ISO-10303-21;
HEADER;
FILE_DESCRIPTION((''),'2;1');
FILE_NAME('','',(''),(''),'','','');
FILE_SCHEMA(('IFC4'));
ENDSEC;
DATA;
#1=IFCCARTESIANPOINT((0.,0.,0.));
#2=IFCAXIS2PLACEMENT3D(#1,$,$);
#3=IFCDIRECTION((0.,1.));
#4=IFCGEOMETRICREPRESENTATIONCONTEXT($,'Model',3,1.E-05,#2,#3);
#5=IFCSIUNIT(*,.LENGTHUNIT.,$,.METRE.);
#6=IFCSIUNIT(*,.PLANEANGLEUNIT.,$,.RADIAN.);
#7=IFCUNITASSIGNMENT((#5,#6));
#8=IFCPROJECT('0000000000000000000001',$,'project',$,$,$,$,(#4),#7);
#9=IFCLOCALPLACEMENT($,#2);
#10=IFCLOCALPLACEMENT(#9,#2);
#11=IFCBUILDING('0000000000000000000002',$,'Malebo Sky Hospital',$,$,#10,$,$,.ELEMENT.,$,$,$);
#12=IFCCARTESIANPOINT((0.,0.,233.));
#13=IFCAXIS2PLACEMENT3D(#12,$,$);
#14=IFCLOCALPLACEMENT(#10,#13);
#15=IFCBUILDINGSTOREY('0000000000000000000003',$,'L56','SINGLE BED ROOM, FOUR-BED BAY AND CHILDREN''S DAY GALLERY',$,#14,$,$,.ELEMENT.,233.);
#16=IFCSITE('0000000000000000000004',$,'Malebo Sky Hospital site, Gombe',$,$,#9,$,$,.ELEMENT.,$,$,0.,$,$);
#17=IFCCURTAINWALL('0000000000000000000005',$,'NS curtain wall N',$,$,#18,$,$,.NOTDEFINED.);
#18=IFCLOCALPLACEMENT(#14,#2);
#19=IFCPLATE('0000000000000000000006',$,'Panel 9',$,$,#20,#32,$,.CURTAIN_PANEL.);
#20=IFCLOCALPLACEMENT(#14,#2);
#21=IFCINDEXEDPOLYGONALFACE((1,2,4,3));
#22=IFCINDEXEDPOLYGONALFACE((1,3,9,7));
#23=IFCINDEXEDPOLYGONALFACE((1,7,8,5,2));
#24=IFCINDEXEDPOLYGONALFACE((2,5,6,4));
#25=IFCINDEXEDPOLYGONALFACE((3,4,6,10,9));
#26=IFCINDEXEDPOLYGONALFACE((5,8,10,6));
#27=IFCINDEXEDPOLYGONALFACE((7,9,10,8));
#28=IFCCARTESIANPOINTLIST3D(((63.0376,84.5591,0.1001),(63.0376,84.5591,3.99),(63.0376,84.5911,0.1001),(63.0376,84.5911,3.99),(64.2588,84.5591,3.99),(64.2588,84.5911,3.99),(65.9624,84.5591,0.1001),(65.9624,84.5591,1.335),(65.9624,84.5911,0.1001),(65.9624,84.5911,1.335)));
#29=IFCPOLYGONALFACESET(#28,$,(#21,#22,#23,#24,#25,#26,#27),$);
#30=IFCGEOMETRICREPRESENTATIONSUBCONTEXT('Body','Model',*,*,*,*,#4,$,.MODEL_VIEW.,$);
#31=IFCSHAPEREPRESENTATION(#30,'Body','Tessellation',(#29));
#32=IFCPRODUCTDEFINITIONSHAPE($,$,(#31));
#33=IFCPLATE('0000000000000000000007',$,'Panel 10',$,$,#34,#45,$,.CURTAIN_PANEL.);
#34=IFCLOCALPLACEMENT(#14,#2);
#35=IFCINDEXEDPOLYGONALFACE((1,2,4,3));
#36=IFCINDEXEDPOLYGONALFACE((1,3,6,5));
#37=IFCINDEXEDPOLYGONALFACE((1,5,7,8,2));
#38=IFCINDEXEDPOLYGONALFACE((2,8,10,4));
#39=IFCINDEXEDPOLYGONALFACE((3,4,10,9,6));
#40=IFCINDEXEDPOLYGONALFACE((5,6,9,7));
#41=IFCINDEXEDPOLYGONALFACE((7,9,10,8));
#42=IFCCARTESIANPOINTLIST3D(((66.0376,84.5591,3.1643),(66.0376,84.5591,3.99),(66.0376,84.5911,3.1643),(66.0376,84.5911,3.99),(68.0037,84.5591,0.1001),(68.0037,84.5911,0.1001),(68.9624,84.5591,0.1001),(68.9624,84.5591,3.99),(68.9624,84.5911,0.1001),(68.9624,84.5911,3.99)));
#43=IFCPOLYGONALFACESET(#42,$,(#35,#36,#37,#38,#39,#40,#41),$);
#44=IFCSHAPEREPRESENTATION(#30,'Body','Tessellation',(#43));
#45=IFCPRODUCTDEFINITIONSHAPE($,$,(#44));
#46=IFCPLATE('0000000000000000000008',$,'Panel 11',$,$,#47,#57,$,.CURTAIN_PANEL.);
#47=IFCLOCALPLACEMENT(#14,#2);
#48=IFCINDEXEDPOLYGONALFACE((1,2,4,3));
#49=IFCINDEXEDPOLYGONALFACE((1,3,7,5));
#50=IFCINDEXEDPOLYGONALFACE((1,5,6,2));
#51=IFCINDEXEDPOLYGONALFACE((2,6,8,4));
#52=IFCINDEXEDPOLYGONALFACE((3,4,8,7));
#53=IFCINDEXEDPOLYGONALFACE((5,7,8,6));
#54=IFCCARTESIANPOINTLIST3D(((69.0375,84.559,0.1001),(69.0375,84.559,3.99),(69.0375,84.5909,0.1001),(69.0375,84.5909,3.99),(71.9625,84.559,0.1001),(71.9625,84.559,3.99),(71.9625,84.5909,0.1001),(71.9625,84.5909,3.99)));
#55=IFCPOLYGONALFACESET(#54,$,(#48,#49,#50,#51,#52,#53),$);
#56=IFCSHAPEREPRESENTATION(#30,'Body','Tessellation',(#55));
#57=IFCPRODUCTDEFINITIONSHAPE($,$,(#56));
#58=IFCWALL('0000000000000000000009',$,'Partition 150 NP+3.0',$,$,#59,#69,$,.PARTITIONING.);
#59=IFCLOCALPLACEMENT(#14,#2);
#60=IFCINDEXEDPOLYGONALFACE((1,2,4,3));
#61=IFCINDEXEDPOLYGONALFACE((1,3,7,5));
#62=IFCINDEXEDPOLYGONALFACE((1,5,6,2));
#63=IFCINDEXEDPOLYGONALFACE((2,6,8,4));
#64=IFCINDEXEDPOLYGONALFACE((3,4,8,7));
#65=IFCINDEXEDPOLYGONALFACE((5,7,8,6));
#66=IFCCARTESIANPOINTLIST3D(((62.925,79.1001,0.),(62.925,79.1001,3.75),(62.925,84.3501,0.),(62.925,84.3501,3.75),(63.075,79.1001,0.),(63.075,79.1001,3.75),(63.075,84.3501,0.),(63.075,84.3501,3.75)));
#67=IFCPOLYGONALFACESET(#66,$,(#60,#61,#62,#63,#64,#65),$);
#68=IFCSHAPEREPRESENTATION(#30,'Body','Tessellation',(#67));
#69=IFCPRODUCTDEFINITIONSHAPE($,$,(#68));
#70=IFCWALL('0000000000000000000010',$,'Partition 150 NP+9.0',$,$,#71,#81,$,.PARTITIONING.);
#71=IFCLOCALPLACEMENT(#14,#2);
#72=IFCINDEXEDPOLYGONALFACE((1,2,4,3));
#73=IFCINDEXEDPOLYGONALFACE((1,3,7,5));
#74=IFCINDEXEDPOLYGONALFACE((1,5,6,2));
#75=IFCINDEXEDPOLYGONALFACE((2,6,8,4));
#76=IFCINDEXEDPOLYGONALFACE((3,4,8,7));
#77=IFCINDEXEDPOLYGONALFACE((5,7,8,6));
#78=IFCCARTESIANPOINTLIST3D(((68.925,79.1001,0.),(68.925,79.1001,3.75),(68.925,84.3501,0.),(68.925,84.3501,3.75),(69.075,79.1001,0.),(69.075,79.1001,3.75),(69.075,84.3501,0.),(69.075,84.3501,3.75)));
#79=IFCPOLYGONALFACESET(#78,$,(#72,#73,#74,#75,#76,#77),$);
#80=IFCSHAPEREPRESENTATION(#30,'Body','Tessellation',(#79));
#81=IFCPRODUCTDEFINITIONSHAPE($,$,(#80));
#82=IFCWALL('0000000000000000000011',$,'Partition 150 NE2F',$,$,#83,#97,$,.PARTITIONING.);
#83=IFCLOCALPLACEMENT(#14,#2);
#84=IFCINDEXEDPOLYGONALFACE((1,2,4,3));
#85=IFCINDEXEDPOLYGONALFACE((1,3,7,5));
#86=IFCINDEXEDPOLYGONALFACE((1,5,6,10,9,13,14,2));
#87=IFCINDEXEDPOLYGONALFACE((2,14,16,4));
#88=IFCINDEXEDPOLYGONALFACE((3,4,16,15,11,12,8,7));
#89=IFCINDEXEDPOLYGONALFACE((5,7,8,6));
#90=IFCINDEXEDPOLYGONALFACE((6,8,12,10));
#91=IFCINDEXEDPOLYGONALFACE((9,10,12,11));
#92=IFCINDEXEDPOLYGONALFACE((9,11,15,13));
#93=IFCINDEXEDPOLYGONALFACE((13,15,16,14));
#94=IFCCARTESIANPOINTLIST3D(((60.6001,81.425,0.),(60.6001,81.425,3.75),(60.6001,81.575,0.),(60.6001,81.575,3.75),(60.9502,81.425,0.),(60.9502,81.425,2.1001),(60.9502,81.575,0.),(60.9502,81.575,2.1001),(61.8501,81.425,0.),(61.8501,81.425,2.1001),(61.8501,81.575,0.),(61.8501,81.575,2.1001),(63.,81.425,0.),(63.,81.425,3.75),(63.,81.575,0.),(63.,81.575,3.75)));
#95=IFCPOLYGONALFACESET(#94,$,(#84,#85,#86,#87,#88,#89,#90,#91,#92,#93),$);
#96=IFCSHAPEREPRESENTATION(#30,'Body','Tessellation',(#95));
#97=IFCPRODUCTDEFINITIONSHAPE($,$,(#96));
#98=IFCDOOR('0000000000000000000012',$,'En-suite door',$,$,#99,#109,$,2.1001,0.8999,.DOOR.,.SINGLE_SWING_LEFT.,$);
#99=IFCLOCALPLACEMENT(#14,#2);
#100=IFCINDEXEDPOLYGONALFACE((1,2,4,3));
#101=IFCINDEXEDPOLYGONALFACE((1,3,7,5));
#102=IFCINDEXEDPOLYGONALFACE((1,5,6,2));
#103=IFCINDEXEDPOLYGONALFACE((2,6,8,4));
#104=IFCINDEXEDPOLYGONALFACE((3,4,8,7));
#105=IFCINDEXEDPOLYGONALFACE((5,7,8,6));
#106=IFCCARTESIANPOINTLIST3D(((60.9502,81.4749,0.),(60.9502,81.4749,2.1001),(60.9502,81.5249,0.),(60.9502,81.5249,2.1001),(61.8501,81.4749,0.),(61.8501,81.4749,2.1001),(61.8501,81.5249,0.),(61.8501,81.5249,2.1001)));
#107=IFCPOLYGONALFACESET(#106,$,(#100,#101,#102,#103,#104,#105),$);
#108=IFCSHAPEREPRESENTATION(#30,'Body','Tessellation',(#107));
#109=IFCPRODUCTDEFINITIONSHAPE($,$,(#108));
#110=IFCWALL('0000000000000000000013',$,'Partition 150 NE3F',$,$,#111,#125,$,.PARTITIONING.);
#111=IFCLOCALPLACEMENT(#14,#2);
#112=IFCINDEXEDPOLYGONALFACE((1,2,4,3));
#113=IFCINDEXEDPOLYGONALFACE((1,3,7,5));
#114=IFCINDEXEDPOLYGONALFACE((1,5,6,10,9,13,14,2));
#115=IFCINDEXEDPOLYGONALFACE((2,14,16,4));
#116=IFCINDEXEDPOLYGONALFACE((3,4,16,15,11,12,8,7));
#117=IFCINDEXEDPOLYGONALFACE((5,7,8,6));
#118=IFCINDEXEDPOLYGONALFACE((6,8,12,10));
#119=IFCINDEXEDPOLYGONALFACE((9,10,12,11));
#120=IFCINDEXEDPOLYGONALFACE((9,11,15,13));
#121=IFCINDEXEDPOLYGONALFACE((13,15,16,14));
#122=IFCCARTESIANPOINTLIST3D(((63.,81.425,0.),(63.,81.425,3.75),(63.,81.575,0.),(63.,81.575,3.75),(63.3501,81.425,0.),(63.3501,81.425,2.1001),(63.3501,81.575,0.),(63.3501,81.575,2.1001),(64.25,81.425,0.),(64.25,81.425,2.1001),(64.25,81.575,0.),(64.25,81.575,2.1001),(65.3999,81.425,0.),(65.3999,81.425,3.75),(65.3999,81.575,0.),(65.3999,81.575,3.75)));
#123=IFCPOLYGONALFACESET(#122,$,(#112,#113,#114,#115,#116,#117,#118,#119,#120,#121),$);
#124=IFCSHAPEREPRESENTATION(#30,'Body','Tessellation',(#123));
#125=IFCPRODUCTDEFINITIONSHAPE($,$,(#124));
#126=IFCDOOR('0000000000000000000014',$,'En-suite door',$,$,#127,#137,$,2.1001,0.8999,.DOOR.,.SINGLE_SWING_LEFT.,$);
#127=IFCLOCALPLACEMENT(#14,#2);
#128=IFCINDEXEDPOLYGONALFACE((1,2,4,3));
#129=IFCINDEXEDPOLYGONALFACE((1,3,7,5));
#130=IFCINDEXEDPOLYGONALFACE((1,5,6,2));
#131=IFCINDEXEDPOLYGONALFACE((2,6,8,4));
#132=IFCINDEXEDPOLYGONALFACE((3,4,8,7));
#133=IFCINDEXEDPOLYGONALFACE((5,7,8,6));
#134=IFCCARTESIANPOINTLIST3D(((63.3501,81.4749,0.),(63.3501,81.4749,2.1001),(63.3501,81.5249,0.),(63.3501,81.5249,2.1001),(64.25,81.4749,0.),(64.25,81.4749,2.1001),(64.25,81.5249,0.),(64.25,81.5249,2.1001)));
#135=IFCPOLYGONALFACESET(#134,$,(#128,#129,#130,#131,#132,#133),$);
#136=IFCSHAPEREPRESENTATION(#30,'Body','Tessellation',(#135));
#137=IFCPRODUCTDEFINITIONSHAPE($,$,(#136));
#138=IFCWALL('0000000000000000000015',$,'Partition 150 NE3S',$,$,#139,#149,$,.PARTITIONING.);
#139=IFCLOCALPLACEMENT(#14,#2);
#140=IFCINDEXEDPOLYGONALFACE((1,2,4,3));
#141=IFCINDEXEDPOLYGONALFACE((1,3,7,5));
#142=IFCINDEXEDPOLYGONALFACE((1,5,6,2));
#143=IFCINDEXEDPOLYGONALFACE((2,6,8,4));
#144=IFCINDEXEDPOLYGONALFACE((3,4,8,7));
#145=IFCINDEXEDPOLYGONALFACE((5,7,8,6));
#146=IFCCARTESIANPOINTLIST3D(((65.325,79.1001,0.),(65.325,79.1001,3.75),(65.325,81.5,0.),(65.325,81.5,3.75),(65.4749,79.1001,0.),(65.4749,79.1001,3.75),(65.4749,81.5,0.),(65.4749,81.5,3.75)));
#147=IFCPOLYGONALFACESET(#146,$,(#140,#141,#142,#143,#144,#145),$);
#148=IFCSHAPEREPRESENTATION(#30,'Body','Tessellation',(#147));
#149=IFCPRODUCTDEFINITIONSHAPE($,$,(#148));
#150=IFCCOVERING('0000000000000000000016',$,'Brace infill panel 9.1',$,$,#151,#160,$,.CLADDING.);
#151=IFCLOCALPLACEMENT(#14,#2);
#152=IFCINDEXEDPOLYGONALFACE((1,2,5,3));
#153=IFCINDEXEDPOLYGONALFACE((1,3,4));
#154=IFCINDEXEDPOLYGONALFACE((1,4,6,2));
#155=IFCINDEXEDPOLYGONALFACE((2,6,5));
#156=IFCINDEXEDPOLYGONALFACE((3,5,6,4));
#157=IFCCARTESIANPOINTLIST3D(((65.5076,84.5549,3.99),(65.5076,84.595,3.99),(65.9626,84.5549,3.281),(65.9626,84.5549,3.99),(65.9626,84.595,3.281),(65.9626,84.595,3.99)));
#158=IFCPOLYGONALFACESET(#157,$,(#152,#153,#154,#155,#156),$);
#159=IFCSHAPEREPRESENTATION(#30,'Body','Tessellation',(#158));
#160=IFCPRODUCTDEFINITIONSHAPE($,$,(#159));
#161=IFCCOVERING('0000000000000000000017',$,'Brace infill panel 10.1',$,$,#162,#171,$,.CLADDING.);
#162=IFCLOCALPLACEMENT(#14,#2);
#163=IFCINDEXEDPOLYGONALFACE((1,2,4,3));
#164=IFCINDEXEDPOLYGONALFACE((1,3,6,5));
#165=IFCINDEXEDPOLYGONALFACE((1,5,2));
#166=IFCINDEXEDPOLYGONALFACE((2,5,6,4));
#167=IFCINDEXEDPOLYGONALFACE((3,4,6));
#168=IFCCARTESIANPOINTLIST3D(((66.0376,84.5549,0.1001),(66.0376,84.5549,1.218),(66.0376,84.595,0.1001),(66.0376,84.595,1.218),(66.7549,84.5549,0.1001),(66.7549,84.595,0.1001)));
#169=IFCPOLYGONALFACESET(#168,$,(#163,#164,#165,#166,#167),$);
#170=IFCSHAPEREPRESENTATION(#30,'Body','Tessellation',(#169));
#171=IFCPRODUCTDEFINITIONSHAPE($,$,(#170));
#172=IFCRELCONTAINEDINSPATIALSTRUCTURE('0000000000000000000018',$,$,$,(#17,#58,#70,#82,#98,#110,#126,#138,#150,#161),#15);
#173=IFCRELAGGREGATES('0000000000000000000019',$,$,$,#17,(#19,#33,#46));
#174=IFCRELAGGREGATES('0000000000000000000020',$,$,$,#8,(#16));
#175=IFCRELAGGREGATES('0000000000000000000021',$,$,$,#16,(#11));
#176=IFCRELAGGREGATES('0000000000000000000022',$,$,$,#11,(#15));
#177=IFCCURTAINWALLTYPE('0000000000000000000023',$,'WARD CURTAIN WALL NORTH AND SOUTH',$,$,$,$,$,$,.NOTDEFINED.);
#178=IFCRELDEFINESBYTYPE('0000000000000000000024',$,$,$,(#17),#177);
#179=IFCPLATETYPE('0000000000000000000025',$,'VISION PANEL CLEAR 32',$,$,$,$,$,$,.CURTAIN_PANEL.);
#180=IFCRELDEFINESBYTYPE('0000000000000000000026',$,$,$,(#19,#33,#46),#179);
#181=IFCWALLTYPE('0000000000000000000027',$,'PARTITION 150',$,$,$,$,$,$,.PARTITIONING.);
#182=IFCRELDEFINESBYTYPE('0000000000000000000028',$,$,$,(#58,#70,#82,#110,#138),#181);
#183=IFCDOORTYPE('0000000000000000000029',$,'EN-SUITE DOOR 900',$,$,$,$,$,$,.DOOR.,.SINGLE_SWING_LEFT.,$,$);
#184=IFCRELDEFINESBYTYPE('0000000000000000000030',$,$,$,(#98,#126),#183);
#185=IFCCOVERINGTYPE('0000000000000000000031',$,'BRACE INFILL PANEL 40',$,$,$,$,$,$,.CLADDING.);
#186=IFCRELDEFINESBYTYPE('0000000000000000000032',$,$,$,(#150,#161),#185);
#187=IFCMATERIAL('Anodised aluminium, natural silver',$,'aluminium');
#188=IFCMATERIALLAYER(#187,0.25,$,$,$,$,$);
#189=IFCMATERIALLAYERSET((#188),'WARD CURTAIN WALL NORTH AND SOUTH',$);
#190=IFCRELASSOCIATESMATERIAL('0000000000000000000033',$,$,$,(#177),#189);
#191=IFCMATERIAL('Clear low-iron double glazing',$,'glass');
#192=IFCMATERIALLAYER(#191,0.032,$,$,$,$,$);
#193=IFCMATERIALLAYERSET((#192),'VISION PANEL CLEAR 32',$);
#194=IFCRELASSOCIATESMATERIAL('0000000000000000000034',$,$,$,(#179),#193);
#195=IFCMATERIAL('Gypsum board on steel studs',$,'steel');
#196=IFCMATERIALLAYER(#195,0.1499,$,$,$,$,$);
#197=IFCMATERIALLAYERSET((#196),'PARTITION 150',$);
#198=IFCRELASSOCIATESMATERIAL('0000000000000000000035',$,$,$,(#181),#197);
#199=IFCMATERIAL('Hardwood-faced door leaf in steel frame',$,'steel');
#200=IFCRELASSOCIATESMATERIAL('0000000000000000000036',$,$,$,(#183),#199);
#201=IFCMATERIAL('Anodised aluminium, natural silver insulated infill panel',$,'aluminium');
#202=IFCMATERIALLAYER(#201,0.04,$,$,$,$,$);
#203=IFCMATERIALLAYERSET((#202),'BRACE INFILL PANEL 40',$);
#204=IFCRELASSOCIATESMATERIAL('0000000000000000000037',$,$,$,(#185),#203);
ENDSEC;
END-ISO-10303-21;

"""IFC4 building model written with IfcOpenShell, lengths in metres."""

from ifc_helpers import new_model, si_unit, direction, frame, frame_2d, origin, origin_2d, place, context, subcontext, project, spatial, polyline, rectangle, outline, extrude, material, layer, layer_set, type_object, element, fill, aggregate, save


model = new_model("IFC4")

# Units and contexts
model_context = context("Model", 3, precision=1e-05, world=origin(), true_north=direction((0.0, 1.0)))
body_context = subcontext(model_context, "Body", "Model", "MODEL_VIEW")
ifc_project = project(units=[si_unit("LENGTHUNIT", "METRE"), si_unit("PLANEANGLEUNIT", "RADIAN")], contexts=[model_context])

# Site, building, storey
site_placement = place(None, origin())
site = spatial("IfcSite", under=ifc_project, at=site_placement, Name="Malebo Sky Hospital site, Gombe", CompositionType="ELEMENT", RefElevation=0.0)
building_placement = place(site_placement, origin())
building = spatial("IfcBuilding", under=site, at=building_placement, Name="Malebo Sky Hospital", CompositionType="ELEMENT")
storey_placement = place(building_placement, frame((0.0, 0.0, 233.0)))
storey = spatial("IfcBuildingStorey", under=building, at=storey_placement, Name="L56", Description="SINGLE BED ROOM, FOUR-BED BAY AND CHILDREN'S DAY GALLERY", CompositionType="ELEMENT", Elevation=233.0)

# Curtain wall
ifc_material_1 = material(Name="Anodised aluminium, natural silver", Category="aluminium")
ifc_layer_1 = layer(ifc_material_1, 0.25)
ifc_layer_set_1 = layer_set([ifc_layer_1], Name="WARD CURTAIN WALL NORTH AND SOUTH")
curtain_wall_type = type_object("IfcCurtainWallType", Name="WARD CURTAIN WALL NORTH AND SOUTH", PredefinedType="NOTDEFINED", material=ifc_layer_set_1)
curtain_wall_placement = place(storey_placement, origin())
curtain_wall = element("IfcCurtainWall", 1, at=curtain_wall_placement, inside=storey, type_object=curtain_wall_type, Name="NS curtain wall N", PredefinedType="NOTDEFINED")

# Plates
ifc_material_2 = material(Name="Clear low-iron double glazing", Category="glass")
ifc_layer_2 = layer(ifc_material_2, 0.032)
ifc_layer_set_2 = layer_set([ifc_layer_2], Name="VISION PANEL CLEAR 32")
plate_type = type_object("IfcPlateType", Name="VISION PANEL CLEAR 32", PredefinedType="CURTAIN_PANEL", material=ifc_layer_set_2)
plate_1_placement = place(storey_placement, frame((64.5, 84.575, 0.1001), z_axis=(0.0, 0.0, 1.0), x_axis=(1.0, 0.0, 0.0)))
plate_1 = element("IfcPlate", 2, at=plate_1_placement, type_object=plate_type, Name="Panel 9", PredefinedType="CURTAIN_PANEL", context=body_context, shape_type="SweptSolid", body=[
    extrude(outline(polyline([(-1.4624, 0.0), (1.4624, 0.0), (1.4624, 1.2349), (-0.2412, 3.8899), (-1.4624, 3.8899), (-1.4624, 0.0)])), frame((0.0, 0.0161, 0.0), z_axis=(0.0, -1.0, 0.0), x_axis=(1.0, 0.0, 0.0)), (0.0, 0.0, 1.0), 0.032),
])
plate_2_placement = place(storey_placement, frame((67.5, 84.575, 0.1001), z_axis=(0.0, 0.0, 1.0), x_axis=(1.0, 0.0, 0.0)))
plate_2 = element("IfcPlate", 3, at=plate_2_placement, type_object=plate_type, Name="Panel 10", PredefinedType="CURTAIN_PANEL", context=body_context, shape_type="SweptSolid", body=[
    extrude(outline(polyline([(0.5037, 0.0), (1.4624, 0.0), (1.4624, 3.8899), (-1.4624, 3.8899), (-1.4624, 3.0642), (0.5037, 0.0)])), frame((0.0, 0.0161, 0.0), z_axis=(0.0, -1.0, 0.0), x_axis=(1.0, 0.0, 0.0)), (0.0, 0.0, 1.0), 0.032),
])
plate_3_placement = place(storey_placement, frame((70.5, 84.575, 0.1001), z_axis=(0.0, 0.0, 1.0), x_axis=(1.0, 0.0, 0.0)))
plate_3 = element("IfcPlate", 4, at=plate_3_placement, type_object=plate_type, Name="Panel 11", PredefinedType="CURTAIN_PANEL", context=body_context, shape_type="SweptSolid", body=[
    extrude(rectangle(XDim=2.925, YDim=0.032, at=origin_2d()), origin(), (0.0, 0.0, 1.0), 3.8899),
])
aggregate(curtain_wall, [plate_1, plate_2, plate_3])

# Walls
ifc_material_3 = material(Name="Gypsum board on steel studs", Category="steel")
ifc_layer_3 = layer(ifc_material_3, 0.1499)
ifc_layer_set_3 = layer_set([ifc_layer_3], Name="PARTITION 150")
wall_type = type_object("IfcWallType", Name="PARTITION 150", PredefinedType="PARTITIONING", material=ifc_layer_set_3)
for number, where, z_axis, x_axis, name in (
    (5, (63.0, 79.1001, 0.0), (0.0, 0.0, 1.0), (0.0, 1.0, 0.0), "Partition 150 NP+3.0"),
    (6, (69.0, 79.1001, 0.0), (0.0, 0.0, 1.0), (0.0, 1.0, 0.0), "Partition 150 NP+9.0"),
):
    element("IfcWall", number, at=place(storey_placement, frame(where, z_axis=z_axis, x_axis=x_axis)), inside=storey, type_object=wall_type, Name=name, PredefinedType="PARTITIONING", context=body_context, shape_type="SweptSolid", body=[
        extrude(rectangle(XDim=5.25, YDim=0.1499, at=frame_2d((2.625, 0.0))), origin(), (0.0, 0.0, 1.0), 3.75),
    ])

# Walls, openings, doors
wall_1_placement = place(storey_placement, frame((60.6001, 81.5, 0.0), z_axis=(0.0, 0.0, 1.0), x_axis=(1.0, 0.0, 0.0)))
wall_1 = element("IfcWall", 7, at=wall_1_placement, inside=storey, type_object=wall_type, Name="Partition 150 NE2F", PredefinedType="PARTITIONING", context=body_context, shape_type="SweptSolid", body=[
    extrude(rectangle(XDim=2.3999, YDim=0.1499, at=frame_2d((1.2, 0.0))), origin(), (0.0, 0.0, 1.0), 3.75),
])
opening_1_placement = place(wall_1_placement, frame((0.3501, 0.0, 0.0)))
opening_1 = element("IfcOpeningElement", 8, at=opening_1_placement, cuts=wall_1, PredefinedType="OPENING", context=body_context, shape_type="SweptSolid", body=[
    extrude(rectangle(XDim=0.8999, YDim=2.1001, at=frame_2d((0.45, 1.05))), frame((0.0, 0.085, 0.0), z_axis=(0.0, -1.0, 0.0), x_axis=(1.0, 0.0, 0.0)), (0.0, 0.0, 1.0), 0.1699),
])
ifc_material_4 = material(Name="Hardwood-faced door leaf in steel frame", Category="steel")
door_type = type_object("IfcDoorType", Name="EN-SUITE DOOR 900", OperationType="SINGLE_SWING_LEFT", PredefinedType="DOOR", material=ifc_material_4)
door_1_placement = place(opening_1_placement, origin())
door_1 = element("IfcDoor", 9, at=door_1_placement, inside=storey, type_object=door_type, Name="En-suite door", OperationType="SINGLE_SWING_LEFT", OverallHeight=2.1001, OverallWidth=0.8999, PredefinedType="DOOR", context=body_context, shape_type="SweptSolid", body=[
    extrude(rectangle(XDim=0.8999, YDim=2.1001, at=frame_2d((0.45, 1.05))), frame((0.0, 0.0249, 0.0), z_axis=(0.0, -1.0, 0.0), x_axis=(1.0, 0.0, 0.0)), (0.0, 0.0, 1.0), 0.05),
])
fill(opening_1, door_1)
wall_2_placement = place(storey_placement, frame((63.0, 81.5, 0.0), z_axis=(0.0, 0.0, 1.0), x_axis=(1.0, 0.0, 0.0)))
wall_2 = element("IfcWall", 10, at=wall_2_placement, inside=storey, type_object=wall_type, Name="Partition 150 NE3F", PredefinedType="PARTITIONING", context=body_context, shape_type="SweptSolid", body=[
    extrude(rectangle(XDim=2.3999, YDim=0.1499, at=frame_2d((1.2, 0.0))), origin(), (0.0, 0.0, 1.0), 3.75),
])
opening_2_placement = place(wall_2_placement, frame((0.3501, 0.0, 0.0)))
opening_2 = element("IfcOpeningElement", 11, at=opening_2_placement, cuts=wall_2, PredefinedType="OPENING", context=body_context, shape_type="SweptSolid", body=[
    extrude(rectangle(XDim=0.8999, YDim=2.1001, at=frame_2d((0.45, 1.05))), frame((0.0, 0.085, 0.0), z_axis=(0.0, -1.0, 0.0), x_axis=(1.0, 0.0, 0.0)), (0.0, 0.0, 1.0), 0.1699),
])
door_2_placement = place(opening_2_placement, origin())
door_2 = element("IfcDoor", 12, at=door_2_placement, inside=storey, type_object=door_type, Name="En-suite door", OperationType="SINGLE_SWING_LEFT", OverallHeight=2.1001, OverallWidth=0.8999, PredefinedType="DOOR", context=body_context, shape_type="SweptSolid", body=[
    extrude(rectangle(XDim=0.8999, YDim=2.1001, at=frame_2d((0.45, 1.05))), frame((0.0, 0.0249, 0.0), z_axis=(0.0, -1.0, 0.0), x_axis=(1.0, 0.0, 0.0)), (0.0, 0.0, 1.0), 0.05),
])
fill(opening_2, door_2)

# Wall
wall_3_placement = place(storey_placement, frame((65.3999, 79.1001, 0.0), z_axis=(0.0, 0.0, 1.0), x_axis=(0.0, 1.0, 0.0)))
element("IfcWall", 13, at=wall_3_placement, inside=storey, type_object=wall_type, Name="Partition 150 NE3S", PredefinedType="PARTITIONING", context=body_context, shape_type="SweptSolid", body=[
    extrude(rectangle(XDim=2.3999, YDim=0.1499, at=frame_2d((1.2, 0.0))), origin(), (0.0, 0.0, 1.0), 3.75),
])

# Coverings
ifc_material_5 = material(Name="Anodised aluminium, natural silver insulated infill panel", Category="aluminium")
ifc_layer_4 = layer(ifc_material_5, 0.04)
ifc_layer_set_4 = layer_set([ifc_layer_4], Name="BRACE INFILL PANEL 40")
covering_type = type_object("IfcCoveringType", Name="BRACE INFILL PANEL 40", PredefinedType="CLADDING", material=ifc_layer_set_4)
covering_1_placement = place(storey_placement, frame((65.7351, 84.575, 3.281), z_axis=(0.0, 0.0, 1.0), x_axis=(1.0, 0.0, 0.0)))
element("IfcCovering", 14, at=covering_1_placement, inside=storey, type_object=covering_type, Name="Brace infill panel 9.1", PredefinedType="CLADDING", context=body_context, shape_type="SweptSolid", body=[
    extrude(outline(polyline([(0.2275, 0.0), (0.2275, 0.709), (-0.2275, 0.709), (0.2275, 0.0)])), frame((0.0, 0.02, 0.0), z_axis=(0.0, -1.0, 0.0), x_axis=(1.0, 0.0, 0.0)), (0.0, 0.0, 1.0), 0.04),
])
covering_2_placement = place(storey_placement, frame((66.3962, 84.575, 0.1001), z_axis=(0.0, 0.0, 1.0), x_axis=(1.0, 0.0, 0.0)))
element("IfcCovering", 15, at=covering_2_placement, inside=storey, type_object=covering_type, Name="Brace infill panel 10.1", PredefinedType="CLADDING", context=body_context, shape_type="SweptSolid", body=[
    extrude(outline(polyline([(-0.3586, 0.0), (0.3586, 0.0), (-0.3586, 1.1179), (-0.3586, 0.0)])), frame((0.0, 0.02, 0.0), z_axis=(0.0, -1.0, 0.0), x_axis=(1.0, 0.0, 0.0)), (0.0, 0.0, 1.0), 0.04),
])

save(model, "model.ifc")
